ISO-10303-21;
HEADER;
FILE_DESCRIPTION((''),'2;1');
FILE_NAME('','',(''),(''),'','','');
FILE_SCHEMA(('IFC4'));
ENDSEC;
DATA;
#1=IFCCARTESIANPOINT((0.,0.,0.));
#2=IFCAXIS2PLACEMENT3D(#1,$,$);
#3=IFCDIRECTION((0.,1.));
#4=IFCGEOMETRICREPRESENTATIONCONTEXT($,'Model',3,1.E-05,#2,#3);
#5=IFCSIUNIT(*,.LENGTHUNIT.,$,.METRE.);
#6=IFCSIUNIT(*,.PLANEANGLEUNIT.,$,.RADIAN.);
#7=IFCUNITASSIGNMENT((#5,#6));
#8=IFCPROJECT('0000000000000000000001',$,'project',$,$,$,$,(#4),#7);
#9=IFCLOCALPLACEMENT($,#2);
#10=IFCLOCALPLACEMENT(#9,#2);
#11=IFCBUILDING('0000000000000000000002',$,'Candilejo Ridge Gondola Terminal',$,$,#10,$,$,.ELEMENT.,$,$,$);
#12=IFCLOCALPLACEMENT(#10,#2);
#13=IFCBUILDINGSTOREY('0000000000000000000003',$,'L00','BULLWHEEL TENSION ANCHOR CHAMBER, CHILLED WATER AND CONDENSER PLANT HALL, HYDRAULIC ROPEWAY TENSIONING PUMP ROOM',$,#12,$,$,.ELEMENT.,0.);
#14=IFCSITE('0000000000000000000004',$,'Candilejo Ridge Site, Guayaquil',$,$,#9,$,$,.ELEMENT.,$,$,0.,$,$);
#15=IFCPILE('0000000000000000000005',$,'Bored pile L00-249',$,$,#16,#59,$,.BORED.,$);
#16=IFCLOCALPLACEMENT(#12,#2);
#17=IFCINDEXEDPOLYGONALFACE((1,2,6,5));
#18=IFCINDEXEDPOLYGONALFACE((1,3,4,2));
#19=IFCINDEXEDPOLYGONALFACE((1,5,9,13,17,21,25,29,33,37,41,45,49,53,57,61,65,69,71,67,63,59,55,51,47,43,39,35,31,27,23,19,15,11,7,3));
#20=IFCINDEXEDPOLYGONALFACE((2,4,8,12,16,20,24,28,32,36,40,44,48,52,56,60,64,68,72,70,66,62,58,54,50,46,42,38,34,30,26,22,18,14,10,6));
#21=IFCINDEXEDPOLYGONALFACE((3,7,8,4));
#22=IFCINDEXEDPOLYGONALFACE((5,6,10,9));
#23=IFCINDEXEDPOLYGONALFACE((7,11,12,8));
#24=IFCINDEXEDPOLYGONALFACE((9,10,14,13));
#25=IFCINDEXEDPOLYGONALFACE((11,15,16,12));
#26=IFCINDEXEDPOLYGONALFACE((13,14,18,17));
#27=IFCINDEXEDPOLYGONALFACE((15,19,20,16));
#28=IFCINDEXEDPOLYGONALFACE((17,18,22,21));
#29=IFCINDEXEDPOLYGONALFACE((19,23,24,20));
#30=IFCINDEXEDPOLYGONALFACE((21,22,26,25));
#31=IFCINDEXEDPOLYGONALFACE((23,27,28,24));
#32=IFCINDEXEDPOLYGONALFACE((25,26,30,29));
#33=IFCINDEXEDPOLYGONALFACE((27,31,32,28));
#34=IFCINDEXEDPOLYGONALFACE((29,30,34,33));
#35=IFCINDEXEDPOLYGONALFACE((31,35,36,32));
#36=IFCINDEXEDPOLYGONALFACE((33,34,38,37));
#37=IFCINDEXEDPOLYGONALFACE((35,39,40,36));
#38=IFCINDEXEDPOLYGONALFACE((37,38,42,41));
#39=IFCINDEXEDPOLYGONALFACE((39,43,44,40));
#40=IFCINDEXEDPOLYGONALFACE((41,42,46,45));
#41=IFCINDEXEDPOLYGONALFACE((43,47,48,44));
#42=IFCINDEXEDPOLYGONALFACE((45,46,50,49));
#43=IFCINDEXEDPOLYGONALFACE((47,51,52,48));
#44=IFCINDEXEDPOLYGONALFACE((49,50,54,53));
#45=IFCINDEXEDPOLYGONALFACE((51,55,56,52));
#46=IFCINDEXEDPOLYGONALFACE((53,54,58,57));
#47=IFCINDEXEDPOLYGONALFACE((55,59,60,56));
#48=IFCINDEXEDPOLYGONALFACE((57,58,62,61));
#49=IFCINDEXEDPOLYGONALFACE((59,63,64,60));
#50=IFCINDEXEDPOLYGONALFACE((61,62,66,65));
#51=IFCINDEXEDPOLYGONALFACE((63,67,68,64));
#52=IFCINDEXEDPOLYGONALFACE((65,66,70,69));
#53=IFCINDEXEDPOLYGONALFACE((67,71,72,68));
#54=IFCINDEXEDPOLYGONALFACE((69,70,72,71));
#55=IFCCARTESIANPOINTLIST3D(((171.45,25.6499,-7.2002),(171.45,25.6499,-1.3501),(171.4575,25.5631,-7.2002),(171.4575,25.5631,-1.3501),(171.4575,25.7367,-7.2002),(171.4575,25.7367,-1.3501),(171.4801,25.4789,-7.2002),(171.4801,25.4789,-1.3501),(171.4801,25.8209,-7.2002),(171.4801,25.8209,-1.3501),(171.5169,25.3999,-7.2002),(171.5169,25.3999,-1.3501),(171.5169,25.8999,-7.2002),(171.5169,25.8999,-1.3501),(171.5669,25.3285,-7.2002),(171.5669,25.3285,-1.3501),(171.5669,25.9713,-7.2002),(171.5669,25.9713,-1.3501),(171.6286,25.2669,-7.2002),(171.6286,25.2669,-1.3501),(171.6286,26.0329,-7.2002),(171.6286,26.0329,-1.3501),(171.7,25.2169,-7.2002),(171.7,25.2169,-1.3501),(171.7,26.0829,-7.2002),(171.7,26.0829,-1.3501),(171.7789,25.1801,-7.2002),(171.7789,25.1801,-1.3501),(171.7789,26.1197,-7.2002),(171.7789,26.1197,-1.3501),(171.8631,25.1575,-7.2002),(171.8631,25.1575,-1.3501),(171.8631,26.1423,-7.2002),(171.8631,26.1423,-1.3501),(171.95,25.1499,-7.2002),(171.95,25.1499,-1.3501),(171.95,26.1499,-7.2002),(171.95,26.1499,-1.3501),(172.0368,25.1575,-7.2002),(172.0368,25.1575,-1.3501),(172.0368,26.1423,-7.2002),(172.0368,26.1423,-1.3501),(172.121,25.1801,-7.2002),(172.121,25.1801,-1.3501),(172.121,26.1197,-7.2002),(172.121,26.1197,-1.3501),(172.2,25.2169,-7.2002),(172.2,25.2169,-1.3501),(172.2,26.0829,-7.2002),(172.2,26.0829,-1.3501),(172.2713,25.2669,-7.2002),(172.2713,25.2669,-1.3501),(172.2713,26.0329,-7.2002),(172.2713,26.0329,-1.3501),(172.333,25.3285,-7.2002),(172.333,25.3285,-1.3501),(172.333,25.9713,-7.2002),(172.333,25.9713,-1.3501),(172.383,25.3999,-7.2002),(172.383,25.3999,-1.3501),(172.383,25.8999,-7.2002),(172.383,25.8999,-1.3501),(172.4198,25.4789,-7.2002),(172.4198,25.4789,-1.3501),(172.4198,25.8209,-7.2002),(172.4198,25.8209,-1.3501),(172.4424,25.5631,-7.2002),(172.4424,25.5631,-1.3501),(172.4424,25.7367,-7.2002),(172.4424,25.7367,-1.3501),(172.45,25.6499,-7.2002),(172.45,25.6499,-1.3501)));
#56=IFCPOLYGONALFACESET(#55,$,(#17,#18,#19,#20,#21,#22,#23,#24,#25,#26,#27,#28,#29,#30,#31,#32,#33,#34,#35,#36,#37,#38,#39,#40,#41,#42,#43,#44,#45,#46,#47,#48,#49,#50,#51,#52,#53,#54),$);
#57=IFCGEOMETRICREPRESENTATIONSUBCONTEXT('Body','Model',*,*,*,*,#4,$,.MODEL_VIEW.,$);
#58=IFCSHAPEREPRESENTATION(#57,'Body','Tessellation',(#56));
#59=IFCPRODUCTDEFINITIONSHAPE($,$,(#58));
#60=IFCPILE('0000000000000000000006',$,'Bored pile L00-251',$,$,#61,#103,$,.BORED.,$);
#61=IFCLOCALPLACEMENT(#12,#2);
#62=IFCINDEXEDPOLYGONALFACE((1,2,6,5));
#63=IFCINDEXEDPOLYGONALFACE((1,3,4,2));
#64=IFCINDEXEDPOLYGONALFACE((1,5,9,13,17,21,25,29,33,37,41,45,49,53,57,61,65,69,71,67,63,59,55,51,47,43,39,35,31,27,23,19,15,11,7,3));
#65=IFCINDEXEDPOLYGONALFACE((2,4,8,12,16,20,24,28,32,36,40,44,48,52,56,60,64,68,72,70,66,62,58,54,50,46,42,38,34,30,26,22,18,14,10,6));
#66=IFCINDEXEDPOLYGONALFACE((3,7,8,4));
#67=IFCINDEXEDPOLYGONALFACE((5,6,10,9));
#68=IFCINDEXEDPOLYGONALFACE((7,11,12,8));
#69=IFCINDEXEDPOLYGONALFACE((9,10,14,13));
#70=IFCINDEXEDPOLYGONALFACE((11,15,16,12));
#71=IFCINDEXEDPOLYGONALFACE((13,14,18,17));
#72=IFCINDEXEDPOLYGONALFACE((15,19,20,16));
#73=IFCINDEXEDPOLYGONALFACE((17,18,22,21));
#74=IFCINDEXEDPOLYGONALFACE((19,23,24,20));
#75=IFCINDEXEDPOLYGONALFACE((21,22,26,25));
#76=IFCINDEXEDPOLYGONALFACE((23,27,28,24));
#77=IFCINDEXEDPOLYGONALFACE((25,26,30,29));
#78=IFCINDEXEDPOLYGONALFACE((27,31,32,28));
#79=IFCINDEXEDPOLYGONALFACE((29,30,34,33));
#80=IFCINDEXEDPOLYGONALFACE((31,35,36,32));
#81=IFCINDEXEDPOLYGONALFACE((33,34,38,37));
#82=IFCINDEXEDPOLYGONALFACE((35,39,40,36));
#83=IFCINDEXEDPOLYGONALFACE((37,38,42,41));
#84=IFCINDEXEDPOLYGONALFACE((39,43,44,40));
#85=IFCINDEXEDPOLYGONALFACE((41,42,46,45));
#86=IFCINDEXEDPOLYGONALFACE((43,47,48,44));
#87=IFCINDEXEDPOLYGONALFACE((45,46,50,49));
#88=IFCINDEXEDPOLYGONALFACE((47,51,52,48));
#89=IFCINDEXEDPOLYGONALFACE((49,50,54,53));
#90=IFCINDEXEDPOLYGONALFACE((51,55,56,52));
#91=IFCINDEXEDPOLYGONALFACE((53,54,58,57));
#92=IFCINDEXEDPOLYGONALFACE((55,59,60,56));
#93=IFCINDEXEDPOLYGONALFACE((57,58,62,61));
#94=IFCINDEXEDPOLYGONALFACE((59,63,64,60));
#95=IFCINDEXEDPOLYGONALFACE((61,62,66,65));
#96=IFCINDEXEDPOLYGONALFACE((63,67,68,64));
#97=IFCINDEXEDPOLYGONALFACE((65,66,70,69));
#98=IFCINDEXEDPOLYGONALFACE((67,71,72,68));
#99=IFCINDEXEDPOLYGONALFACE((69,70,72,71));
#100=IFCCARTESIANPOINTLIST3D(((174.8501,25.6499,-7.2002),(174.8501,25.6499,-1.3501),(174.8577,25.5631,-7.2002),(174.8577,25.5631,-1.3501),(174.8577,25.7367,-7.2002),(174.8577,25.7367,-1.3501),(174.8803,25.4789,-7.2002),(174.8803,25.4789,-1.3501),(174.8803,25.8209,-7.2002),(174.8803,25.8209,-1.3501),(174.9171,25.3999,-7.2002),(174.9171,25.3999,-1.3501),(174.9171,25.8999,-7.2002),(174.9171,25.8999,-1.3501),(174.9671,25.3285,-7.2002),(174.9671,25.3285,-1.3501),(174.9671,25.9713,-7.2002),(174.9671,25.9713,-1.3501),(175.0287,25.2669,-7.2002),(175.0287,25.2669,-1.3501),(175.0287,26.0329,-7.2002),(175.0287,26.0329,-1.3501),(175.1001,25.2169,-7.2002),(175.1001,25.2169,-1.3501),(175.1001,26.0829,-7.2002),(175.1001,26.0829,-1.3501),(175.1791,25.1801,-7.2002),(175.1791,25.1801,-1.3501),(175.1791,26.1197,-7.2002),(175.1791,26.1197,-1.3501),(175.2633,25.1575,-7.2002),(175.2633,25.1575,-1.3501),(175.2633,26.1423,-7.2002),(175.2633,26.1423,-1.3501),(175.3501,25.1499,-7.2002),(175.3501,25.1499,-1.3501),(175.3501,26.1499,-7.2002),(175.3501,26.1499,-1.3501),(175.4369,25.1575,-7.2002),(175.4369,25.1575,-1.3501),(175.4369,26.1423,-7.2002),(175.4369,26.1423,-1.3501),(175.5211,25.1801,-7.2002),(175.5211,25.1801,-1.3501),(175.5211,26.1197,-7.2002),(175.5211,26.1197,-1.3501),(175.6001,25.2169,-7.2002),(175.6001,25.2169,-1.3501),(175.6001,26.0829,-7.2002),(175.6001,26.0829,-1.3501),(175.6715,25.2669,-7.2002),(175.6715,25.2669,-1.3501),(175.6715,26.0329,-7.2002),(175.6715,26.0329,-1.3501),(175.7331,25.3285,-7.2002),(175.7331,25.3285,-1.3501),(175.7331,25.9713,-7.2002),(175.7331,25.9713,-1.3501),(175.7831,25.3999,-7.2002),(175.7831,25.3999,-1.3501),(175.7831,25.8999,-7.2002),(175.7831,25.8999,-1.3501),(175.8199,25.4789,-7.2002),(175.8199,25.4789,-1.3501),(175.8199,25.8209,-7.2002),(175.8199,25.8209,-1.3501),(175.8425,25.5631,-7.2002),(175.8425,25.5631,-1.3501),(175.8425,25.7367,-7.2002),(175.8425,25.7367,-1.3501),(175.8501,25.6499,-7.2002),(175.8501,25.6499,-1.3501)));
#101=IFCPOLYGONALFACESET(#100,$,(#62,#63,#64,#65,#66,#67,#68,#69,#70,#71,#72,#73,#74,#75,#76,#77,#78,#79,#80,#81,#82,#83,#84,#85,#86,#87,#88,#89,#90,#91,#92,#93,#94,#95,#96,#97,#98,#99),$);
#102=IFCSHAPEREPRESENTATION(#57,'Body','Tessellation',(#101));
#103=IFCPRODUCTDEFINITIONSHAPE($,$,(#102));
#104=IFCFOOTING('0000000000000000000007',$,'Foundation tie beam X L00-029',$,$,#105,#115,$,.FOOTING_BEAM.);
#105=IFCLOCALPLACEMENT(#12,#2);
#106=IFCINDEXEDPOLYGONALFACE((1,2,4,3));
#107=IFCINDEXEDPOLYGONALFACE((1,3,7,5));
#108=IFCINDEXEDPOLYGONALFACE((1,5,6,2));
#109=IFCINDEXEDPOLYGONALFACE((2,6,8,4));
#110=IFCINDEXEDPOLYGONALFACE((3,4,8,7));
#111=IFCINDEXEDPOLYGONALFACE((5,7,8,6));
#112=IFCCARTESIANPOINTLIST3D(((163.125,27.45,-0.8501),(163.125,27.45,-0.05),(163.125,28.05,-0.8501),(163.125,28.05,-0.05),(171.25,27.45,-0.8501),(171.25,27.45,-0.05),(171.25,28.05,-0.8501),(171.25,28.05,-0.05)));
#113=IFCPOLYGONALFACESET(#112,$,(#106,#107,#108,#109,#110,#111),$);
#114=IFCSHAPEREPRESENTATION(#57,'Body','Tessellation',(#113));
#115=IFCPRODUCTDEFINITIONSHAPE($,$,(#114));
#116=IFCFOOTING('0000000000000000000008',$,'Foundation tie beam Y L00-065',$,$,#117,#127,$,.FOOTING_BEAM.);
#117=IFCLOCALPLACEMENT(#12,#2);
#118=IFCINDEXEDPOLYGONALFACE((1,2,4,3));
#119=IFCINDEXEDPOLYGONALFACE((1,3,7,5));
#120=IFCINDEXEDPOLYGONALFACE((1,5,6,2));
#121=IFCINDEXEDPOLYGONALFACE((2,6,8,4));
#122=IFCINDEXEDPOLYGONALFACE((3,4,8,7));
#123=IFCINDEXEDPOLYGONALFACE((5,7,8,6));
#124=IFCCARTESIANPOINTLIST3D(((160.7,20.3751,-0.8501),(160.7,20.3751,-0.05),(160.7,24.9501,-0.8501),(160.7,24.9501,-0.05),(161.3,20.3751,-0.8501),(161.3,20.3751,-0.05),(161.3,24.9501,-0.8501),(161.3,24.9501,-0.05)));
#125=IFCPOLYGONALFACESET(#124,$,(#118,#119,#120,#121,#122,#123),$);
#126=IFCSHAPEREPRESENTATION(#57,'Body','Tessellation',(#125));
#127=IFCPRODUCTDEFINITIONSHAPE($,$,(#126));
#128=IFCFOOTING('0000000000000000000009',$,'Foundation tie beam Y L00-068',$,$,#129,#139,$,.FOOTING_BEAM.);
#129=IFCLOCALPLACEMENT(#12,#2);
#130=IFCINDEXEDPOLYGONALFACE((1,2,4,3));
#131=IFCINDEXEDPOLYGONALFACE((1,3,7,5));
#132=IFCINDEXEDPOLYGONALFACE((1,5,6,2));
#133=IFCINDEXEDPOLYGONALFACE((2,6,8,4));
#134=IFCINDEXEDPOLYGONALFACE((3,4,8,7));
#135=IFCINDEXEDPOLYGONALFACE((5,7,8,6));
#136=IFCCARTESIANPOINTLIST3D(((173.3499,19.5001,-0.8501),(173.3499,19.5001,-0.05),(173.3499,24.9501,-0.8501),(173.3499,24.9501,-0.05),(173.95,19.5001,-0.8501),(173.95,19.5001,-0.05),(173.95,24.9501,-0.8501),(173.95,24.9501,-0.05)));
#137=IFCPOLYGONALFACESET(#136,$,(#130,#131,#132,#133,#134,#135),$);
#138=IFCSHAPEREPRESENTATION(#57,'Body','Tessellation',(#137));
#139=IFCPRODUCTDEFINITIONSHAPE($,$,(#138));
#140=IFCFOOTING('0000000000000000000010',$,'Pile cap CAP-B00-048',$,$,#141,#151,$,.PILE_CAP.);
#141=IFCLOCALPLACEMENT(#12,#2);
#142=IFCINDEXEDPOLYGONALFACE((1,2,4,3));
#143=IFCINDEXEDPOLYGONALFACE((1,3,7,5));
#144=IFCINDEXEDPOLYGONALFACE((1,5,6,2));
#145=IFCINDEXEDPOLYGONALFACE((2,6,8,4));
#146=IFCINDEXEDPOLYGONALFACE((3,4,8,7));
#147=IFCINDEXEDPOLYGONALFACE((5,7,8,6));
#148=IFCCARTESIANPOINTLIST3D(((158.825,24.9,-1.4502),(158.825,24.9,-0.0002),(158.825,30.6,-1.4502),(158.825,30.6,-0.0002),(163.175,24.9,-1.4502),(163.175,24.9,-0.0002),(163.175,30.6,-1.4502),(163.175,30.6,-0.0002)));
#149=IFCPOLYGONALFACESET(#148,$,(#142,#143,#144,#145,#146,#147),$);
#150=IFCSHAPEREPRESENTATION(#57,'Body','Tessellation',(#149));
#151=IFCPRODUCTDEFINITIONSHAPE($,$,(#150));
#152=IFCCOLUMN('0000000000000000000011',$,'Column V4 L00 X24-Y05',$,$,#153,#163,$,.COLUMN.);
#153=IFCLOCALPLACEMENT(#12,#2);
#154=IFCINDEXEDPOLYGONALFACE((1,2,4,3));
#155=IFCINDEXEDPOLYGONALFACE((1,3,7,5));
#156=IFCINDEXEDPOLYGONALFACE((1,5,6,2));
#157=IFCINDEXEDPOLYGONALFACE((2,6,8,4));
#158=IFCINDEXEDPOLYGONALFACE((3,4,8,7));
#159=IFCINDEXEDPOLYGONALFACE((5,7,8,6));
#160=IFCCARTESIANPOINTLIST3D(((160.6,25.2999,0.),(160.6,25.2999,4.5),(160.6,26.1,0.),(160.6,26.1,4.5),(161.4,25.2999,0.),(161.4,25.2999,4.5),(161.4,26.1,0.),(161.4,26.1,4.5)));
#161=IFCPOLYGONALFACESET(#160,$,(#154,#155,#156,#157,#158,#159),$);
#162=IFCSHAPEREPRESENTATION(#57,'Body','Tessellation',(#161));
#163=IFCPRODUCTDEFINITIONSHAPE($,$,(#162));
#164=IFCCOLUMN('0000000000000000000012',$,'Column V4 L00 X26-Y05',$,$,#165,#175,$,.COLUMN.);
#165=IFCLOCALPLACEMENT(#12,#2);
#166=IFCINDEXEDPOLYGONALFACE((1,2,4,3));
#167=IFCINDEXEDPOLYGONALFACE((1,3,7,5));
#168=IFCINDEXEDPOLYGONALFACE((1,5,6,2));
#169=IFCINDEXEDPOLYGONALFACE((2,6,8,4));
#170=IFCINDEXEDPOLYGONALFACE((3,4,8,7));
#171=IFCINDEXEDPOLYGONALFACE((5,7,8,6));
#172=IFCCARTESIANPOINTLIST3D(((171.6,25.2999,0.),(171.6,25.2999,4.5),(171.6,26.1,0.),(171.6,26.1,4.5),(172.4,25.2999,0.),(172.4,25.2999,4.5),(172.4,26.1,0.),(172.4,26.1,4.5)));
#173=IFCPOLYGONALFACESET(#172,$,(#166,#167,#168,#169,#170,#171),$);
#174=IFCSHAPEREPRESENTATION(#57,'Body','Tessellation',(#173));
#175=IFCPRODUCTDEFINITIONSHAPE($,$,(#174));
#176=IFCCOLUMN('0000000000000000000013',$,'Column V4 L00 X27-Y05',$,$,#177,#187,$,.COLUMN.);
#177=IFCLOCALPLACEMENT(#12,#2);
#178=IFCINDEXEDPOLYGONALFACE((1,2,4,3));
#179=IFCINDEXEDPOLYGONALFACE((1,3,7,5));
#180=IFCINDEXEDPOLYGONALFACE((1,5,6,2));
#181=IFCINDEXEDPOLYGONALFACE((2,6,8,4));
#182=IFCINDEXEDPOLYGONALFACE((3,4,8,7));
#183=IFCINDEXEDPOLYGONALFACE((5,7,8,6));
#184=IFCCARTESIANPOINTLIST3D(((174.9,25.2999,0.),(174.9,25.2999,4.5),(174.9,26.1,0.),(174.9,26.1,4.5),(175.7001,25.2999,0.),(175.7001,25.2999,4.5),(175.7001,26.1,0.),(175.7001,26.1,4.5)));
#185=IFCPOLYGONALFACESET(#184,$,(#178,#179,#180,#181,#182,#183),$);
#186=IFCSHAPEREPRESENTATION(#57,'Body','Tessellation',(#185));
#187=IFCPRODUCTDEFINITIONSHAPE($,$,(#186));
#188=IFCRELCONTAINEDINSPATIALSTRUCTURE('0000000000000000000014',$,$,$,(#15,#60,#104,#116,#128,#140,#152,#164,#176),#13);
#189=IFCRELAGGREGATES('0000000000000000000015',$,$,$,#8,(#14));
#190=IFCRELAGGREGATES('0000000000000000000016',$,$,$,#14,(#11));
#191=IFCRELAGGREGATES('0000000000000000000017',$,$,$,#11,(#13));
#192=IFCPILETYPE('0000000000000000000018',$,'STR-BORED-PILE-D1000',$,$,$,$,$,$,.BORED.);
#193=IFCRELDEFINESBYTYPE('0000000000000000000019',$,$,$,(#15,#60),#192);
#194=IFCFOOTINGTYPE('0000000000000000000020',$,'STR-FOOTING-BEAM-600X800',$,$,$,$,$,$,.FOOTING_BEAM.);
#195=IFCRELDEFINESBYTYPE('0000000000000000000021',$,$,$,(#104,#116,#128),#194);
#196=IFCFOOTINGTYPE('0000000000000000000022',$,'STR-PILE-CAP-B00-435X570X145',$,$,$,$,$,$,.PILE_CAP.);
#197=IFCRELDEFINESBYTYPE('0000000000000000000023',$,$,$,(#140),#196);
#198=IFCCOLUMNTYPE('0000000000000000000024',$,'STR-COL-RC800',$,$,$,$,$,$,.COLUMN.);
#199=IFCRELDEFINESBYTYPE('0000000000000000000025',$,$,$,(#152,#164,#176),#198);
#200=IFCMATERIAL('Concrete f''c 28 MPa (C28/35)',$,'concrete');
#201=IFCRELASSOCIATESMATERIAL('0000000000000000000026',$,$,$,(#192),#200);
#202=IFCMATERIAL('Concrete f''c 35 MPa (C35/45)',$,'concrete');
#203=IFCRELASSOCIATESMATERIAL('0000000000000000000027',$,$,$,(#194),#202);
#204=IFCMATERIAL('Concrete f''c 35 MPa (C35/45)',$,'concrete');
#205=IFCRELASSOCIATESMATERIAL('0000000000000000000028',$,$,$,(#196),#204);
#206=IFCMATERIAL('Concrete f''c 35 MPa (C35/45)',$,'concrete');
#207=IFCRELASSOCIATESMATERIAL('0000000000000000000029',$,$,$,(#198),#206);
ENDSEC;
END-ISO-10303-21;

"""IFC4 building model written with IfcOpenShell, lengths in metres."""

from ifc_helpers import new_model, si_unit, direction, frame, origin, origin_2d, place, context, subcontext, project, spatial, rectangle, circle, extrude, material, material_profile, profile_set, type_object, element, save


model = new_model("IFC4")

# Units and contexts
model_context = context("Model", 3, precision=1e-05, world=origin(), true_north=direction((0.0, 1.0)))
body_context = subcontext(model_context, "Body", "Model", "MODEL_VIEW")
ifc_project = project(units=[si_unit("LENGTHUNIT", "METRE"), si_unit("PLANEANGLEUNIT", "RADIAN")], contexts=[model_context])

# Site, building, storey
site_placement = place(None, origin())
site = spatial("IfcSite", under=ifc_project, at=site_placement, Name="Candilejo Ridge Site, Guayaquil", CompositionType="ELEMENT", RefElevation=0.0)
building_placement = place(site_placement, origin())
building = spatial("IfcBuilding", under=site, at=building_placement, Name="Candilejo Ridge Gondola Terminal", CompositionType="ELEMENT")
storey_placement = place(building_placement, origin())
storey = spatial("IfcBuildingStorey", under=building, at=storey_placement, Name="L00", Description="BULLWHEEL TENSION ANCHOR CHAMBER, CHILLED WATER AND CONDENSER PLANT HALL, HYDRAULIC ROPEWAY TENSIONING PUMP ROOM", CompositionType="ELEMENT", Elevation=0.0)

# Piles
ifc_material_1 = material(Name="Concrete f'c 28 MPa (C28/35)", Category="concrete")
ifc_material_profile_1 = material_profile(ifc_material_1, circle(Radius=0.5, at=origin_2d()))
ifc_profile_set_1 = profile_set([ifc_material_profile_1], Name="Concrete f'c 28 MPa (C28/35)")
pile_type = type_object("IfcPileType", Name="STR-BORED-PILE-D1000", PredefinedType="BORED", material=ifc_profile_set_1)
for number, where, z_axis, x_axis, name in (
    (1, (171.95, 25.6499, -1.3501), (0.0, 0.0, -1.0), (1.0, 0.0, 0.0), "Bored pile L00-249"),
    (2, (175.3501, 25.6499, -1.3501), (0.0, 0.0, -1.0), (1.0, 0.0, 0.0), "Bored pile L00-251"),
):
    element("IfcPile", number, at=place(storey_placement, frame(where, z_axis=z_axis, x_axis=x_axis)), inside=storey, type_object=pile_type, Name=name, PredefinedType="BORED", context=body_context, shape_type="SweptSolid", body=[
        extrude(circle(Radius=0.5, at=origin_2d()), origin(), (0.0, 0.0, 1.0), 5.8501),
    ])

# Footings
ifc_material_2 = material(Name="Concrete f'c 35 MPa (C35/45)", Category="concrete")
footing_type_1 = type_object("IfcFootingType", Name="STR-FOOTING-BEAM-600X800", PredefinedType="FOOTING_BEAM", material=ifc_material_2)
footing_1_placement = place(storey_placement, frame((167.1875, 27.75, -0.8501), z_axis=(0.0, 0.0, 1.0), x_axis=(1.0, 0.0, 0.0)))
element("IfcFooting", 3, at=footing_1_placement, inside=storey, type_object=footing_type_1, Name="Foundation tie beam X L00-029", PredefinedType="FOOTING_BEAM", context=body_context, shape_type="SweptSolid", body=[
    extrude(rectangle(XDim=8.125, YDim=0.6001, at=origin_2d()), origin(), (0.0, 0.0, 1.0), 0.8),
])
footing_2_placement = place(storey_placement, frame((161.0, 22.6626, -0.8501), z_axis=(0.0, 0.0, 1.0), x_axis=(1.0, 0.0, 0.0)))
element("IfcFooting", 4, at=footing_2_placement, inside=storey, type_object=footing_type_1, Name="Foundation tie beam Y L00-065", PredefinedType="FOOTING_BEAM", context=body_context, shape_type="SweptSolid", body=[
    extrude(rectangle(XDim=0.6001, YDim=4.575, at=origin_2d()), origin(), (0.0, 0.0, 1.0), 0.8),
])
footing_3_placement = place(storey_placement, frame((173.6499, 22.2251, -0.8501), z_axis=(0.0, 0.0, 1.0), x_axis=(1.0, 0.0, 0.0)))
element("IfcFooting", 5, at=footing_3_placement, inside=storey, type_object=footing_type_1, Name="Foundation tie beam Y L00-068", PredefinedType="FOOTING_BEAM", context=body_context, shape_type="SweptSolid", body=[
    extrude(rectangle(XDim=0.6001, YDim=5.45, at=origin_2d()), origin(), (0.0, 0.0, 1.0), 0.8),
])
ifc_material_3 = material(Name="Concrete f'c 35 MPa (C35/45)", Category="concrete")
footing_type_2 = type_object("IfcFootingType", Name="STR-PILE-CAP-B00-435X570X145", PredefinedType="PILE_CAP", material=ifc_material_3)
footing_4_placement = place(storey_placement, frame((161.0, 27.75, -1.4502), z_axis=(0.0, 0.0, 1.0), x_axis=(1.0, 0.0, 0.0)))
element("IfcFooting", 6, at=footing_4_placement, inside=storey, type_object=footing_type_2, Name="Pile cap CAP-B00-048", PredefinedType="PILE_CAP", context=body_context, shape_type="SweptSolid", body=[
    extrude(rectangle(XDim=4.3501, YDim=5.7, at=origin_2d()), origin(), (0.0, 0.0, 1.0), 1.45),
])

# Columns
ifc_material_4 = material(Name="Concrete f'c 35 MPa (C35/45)", Category="concrete")
ifc_material_profile_2 = material_profile(ifc_material_4, rectangle(XDim=0.8, YDim=0.8, at=origin_2d()))
ifc_profile_set_2 = profile_set([ifc_material_profile_2], Name="Concrete f'c 35 MPa (C35/45)")
column_type = type_object("IfcColumnType", Name="STR-COL-RC800", PredefinedType="COLUMN", material=ifc_profile_set_2)
for number, where, z_axis, x_axis, name in (
    (7, (161.0, 25.7, 0.0), (0.0, 0.0, 1.0), (1.0, 0.0, 0.0), "Column V4 L00 X24-Y05"),
    (8, (172.0, 25.7, 0.0), (0.0, 0.0, 1.0), (1.0, 0.0, 0.0), "Column V4 L00 X26-Y05"),
    (9, (175.3, 25.7, 0.0), (0.0, 0.0, 1.0), (1.0, 0.0, 0.0), "Column V4 L00 X27-Y05"),
):
    element("IfcColumn", number, at=place(storey_placement, frame(where, z_axis=z_axis, x_axis=x_axis)), inside=storey, type_object=column_type, Name=name, PredefinedType="COLUMN", context=body_context, shape_type="SweptSolid", body=[
        extrude(rectangle(XDim=0.8, YDim=0.8, at=origin_2d()), origin(), (0.0, 0.0, 1.0), 4.5),
    ])

save(model, "model.ifc")
